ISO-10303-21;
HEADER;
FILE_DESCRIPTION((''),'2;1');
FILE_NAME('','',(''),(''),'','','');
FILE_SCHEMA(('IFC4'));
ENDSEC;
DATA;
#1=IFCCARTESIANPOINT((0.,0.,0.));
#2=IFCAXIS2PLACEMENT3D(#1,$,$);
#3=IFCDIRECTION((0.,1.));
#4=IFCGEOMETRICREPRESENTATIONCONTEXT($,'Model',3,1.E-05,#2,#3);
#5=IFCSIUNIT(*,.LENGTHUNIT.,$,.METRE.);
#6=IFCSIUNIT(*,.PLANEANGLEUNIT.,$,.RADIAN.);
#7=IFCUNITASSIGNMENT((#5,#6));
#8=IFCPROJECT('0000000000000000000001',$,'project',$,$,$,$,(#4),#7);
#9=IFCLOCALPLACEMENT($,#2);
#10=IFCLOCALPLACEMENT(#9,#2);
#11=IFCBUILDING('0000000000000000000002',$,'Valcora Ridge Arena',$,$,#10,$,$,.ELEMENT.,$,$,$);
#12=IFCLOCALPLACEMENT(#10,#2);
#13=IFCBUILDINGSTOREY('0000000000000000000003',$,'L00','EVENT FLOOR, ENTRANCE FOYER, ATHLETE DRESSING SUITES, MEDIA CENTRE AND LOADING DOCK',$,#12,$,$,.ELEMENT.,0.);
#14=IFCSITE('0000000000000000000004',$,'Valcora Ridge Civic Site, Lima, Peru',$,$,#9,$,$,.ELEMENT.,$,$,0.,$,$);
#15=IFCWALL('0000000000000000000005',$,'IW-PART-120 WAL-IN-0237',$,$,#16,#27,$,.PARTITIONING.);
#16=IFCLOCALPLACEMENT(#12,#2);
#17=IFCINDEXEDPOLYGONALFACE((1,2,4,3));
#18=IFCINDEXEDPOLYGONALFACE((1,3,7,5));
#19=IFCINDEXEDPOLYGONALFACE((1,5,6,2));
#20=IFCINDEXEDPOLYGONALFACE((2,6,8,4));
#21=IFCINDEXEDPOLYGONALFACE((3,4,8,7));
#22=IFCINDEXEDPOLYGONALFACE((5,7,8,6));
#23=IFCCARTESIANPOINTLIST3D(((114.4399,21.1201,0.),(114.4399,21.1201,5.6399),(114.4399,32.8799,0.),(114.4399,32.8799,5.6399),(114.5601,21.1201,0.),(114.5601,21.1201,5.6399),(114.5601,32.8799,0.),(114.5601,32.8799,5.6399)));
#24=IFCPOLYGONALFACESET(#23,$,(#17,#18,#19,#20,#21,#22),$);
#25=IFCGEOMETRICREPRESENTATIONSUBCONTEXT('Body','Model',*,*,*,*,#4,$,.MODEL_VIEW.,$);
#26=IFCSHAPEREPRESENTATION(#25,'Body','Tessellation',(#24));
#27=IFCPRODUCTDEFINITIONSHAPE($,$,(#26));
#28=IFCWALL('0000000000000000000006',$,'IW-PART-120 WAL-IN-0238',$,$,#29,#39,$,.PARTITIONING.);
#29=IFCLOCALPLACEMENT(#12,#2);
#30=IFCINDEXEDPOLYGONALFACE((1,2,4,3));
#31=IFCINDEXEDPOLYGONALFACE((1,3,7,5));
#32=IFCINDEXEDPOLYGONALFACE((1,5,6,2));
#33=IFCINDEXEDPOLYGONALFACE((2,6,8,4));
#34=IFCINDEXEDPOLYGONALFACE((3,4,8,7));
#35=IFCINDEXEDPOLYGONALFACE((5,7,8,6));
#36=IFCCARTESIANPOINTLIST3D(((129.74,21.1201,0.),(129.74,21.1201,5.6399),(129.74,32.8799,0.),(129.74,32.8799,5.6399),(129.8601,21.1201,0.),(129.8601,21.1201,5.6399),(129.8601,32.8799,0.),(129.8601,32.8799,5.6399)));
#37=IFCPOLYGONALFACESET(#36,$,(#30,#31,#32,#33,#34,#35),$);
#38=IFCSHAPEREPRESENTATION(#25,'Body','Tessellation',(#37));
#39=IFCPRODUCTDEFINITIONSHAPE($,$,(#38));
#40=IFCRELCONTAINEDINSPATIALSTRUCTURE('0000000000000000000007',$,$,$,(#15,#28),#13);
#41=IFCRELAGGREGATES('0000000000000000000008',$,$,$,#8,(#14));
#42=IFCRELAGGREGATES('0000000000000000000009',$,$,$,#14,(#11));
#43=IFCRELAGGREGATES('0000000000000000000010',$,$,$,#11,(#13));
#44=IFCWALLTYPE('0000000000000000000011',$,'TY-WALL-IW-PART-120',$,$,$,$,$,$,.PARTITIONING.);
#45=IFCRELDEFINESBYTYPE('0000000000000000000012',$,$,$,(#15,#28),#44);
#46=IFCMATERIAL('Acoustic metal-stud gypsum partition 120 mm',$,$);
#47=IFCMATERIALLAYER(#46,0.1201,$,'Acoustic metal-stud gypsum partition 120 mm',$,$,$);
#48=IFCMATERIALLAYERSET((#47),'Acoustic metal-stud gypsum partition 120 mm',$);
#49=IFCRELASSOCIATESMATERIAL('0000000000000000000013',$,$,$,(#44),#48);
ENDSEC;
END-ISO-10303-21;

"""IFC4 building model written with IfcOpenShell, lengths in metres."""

from ifc_helpers import new_model, si_unit, direction, frame, frame_2d, origin, place, context, subcontext, project, spatial, rectangle, extrude, material, layer, layer_set, type_object, element, save


model = new_model("IFC4")

# Units and contexts
model_context = context("Model", 3, precision=1e-05, world=origin(), true_north=direction((0.0, 1.0)))
body_context = subcontext(model_context, "Body", "Model", "MODEL_VIEW")
ifc_project = project(units=[si_unit("LENGTHUNIT", "METRE"), si_unit("PLANEANGLEUNIT", "RADIAN")], contexts=[model_context])

# Site, building, storey
site_placement = place(None, origin())
site = spatial("IfcSite", under=ifc_project, at=site_placement, Name="Valcora Ridge Civic Site, Lima, Peru", CompositionType="ELEMENT", RefElevation=0.0)
building_placement = place(site_placement, origin())
building = spatial("IfcBuilding", under=site, at=building_placement, Name="Valcora Ridge Arena", CompositionType="ELEMENT")
storey_placement = place(building_placement, origin())
storey = spatial("IfcBuildingStorey", under=building, at=storey_placement, Name="L00", Description="EVENT FLOOR, ENTRANCE FOYER, ATHLETE DRESSING SUITES, MEDIA CENTRE AND LOADING DOCK", CompositionType="ELEMENT", Elevation=0.0)

# Shared definitions
ifc_material_1 = material(Name="Acoustic metal-stud gypsum partition 120 mm")
ifc_layer_1 = layer(ifc_material_1, 0.1201, Name="Acoustic metal-stud gypsum partition 120 mm")
ifc_layer_set_1 = layer_set([ifc_layer_1], Name="Acoustic metal-stud gypsum partition 120 mm")
wall_type = type_object("IfcWallType", Name="TY-WALL-IW-PART-120", PredefinedType="PARTITIONING", material=ifc_layer_set_1)

# Walls
for number, where, z_axis, x_axis, name in (
    (1, (114.5, 21.1201, 0.0), (0.0, 0.0, 1.0), (0.0, 1.0, 0.0), "IW-PART-120 WAL-IN-0237"),
    (2, (129.8, 21.1201, 0.0), (0.0, 0.0, 1.0), (0.0, 1.0, 0.0), "IW-PART-120 WAL-IN-0238"),
):
    element("IfcWall", number, at=place(storey_placement, frame(where, z_axis=z_axis, x_axis=x_axis)), inside=storey, type_object=wall_type, Name=name, PredefinedType="PARTITIONING", context=body_context, shape_type="SweptSolid", body=[
        extrude(rectangle(XDim=11.7598, YDim=0.1201, at=frame_2d((5.8799, 0.0))), origin(), (0.0, 0.0, 1.0), 5.6399),
    ])

save(model, "model.ifc")
